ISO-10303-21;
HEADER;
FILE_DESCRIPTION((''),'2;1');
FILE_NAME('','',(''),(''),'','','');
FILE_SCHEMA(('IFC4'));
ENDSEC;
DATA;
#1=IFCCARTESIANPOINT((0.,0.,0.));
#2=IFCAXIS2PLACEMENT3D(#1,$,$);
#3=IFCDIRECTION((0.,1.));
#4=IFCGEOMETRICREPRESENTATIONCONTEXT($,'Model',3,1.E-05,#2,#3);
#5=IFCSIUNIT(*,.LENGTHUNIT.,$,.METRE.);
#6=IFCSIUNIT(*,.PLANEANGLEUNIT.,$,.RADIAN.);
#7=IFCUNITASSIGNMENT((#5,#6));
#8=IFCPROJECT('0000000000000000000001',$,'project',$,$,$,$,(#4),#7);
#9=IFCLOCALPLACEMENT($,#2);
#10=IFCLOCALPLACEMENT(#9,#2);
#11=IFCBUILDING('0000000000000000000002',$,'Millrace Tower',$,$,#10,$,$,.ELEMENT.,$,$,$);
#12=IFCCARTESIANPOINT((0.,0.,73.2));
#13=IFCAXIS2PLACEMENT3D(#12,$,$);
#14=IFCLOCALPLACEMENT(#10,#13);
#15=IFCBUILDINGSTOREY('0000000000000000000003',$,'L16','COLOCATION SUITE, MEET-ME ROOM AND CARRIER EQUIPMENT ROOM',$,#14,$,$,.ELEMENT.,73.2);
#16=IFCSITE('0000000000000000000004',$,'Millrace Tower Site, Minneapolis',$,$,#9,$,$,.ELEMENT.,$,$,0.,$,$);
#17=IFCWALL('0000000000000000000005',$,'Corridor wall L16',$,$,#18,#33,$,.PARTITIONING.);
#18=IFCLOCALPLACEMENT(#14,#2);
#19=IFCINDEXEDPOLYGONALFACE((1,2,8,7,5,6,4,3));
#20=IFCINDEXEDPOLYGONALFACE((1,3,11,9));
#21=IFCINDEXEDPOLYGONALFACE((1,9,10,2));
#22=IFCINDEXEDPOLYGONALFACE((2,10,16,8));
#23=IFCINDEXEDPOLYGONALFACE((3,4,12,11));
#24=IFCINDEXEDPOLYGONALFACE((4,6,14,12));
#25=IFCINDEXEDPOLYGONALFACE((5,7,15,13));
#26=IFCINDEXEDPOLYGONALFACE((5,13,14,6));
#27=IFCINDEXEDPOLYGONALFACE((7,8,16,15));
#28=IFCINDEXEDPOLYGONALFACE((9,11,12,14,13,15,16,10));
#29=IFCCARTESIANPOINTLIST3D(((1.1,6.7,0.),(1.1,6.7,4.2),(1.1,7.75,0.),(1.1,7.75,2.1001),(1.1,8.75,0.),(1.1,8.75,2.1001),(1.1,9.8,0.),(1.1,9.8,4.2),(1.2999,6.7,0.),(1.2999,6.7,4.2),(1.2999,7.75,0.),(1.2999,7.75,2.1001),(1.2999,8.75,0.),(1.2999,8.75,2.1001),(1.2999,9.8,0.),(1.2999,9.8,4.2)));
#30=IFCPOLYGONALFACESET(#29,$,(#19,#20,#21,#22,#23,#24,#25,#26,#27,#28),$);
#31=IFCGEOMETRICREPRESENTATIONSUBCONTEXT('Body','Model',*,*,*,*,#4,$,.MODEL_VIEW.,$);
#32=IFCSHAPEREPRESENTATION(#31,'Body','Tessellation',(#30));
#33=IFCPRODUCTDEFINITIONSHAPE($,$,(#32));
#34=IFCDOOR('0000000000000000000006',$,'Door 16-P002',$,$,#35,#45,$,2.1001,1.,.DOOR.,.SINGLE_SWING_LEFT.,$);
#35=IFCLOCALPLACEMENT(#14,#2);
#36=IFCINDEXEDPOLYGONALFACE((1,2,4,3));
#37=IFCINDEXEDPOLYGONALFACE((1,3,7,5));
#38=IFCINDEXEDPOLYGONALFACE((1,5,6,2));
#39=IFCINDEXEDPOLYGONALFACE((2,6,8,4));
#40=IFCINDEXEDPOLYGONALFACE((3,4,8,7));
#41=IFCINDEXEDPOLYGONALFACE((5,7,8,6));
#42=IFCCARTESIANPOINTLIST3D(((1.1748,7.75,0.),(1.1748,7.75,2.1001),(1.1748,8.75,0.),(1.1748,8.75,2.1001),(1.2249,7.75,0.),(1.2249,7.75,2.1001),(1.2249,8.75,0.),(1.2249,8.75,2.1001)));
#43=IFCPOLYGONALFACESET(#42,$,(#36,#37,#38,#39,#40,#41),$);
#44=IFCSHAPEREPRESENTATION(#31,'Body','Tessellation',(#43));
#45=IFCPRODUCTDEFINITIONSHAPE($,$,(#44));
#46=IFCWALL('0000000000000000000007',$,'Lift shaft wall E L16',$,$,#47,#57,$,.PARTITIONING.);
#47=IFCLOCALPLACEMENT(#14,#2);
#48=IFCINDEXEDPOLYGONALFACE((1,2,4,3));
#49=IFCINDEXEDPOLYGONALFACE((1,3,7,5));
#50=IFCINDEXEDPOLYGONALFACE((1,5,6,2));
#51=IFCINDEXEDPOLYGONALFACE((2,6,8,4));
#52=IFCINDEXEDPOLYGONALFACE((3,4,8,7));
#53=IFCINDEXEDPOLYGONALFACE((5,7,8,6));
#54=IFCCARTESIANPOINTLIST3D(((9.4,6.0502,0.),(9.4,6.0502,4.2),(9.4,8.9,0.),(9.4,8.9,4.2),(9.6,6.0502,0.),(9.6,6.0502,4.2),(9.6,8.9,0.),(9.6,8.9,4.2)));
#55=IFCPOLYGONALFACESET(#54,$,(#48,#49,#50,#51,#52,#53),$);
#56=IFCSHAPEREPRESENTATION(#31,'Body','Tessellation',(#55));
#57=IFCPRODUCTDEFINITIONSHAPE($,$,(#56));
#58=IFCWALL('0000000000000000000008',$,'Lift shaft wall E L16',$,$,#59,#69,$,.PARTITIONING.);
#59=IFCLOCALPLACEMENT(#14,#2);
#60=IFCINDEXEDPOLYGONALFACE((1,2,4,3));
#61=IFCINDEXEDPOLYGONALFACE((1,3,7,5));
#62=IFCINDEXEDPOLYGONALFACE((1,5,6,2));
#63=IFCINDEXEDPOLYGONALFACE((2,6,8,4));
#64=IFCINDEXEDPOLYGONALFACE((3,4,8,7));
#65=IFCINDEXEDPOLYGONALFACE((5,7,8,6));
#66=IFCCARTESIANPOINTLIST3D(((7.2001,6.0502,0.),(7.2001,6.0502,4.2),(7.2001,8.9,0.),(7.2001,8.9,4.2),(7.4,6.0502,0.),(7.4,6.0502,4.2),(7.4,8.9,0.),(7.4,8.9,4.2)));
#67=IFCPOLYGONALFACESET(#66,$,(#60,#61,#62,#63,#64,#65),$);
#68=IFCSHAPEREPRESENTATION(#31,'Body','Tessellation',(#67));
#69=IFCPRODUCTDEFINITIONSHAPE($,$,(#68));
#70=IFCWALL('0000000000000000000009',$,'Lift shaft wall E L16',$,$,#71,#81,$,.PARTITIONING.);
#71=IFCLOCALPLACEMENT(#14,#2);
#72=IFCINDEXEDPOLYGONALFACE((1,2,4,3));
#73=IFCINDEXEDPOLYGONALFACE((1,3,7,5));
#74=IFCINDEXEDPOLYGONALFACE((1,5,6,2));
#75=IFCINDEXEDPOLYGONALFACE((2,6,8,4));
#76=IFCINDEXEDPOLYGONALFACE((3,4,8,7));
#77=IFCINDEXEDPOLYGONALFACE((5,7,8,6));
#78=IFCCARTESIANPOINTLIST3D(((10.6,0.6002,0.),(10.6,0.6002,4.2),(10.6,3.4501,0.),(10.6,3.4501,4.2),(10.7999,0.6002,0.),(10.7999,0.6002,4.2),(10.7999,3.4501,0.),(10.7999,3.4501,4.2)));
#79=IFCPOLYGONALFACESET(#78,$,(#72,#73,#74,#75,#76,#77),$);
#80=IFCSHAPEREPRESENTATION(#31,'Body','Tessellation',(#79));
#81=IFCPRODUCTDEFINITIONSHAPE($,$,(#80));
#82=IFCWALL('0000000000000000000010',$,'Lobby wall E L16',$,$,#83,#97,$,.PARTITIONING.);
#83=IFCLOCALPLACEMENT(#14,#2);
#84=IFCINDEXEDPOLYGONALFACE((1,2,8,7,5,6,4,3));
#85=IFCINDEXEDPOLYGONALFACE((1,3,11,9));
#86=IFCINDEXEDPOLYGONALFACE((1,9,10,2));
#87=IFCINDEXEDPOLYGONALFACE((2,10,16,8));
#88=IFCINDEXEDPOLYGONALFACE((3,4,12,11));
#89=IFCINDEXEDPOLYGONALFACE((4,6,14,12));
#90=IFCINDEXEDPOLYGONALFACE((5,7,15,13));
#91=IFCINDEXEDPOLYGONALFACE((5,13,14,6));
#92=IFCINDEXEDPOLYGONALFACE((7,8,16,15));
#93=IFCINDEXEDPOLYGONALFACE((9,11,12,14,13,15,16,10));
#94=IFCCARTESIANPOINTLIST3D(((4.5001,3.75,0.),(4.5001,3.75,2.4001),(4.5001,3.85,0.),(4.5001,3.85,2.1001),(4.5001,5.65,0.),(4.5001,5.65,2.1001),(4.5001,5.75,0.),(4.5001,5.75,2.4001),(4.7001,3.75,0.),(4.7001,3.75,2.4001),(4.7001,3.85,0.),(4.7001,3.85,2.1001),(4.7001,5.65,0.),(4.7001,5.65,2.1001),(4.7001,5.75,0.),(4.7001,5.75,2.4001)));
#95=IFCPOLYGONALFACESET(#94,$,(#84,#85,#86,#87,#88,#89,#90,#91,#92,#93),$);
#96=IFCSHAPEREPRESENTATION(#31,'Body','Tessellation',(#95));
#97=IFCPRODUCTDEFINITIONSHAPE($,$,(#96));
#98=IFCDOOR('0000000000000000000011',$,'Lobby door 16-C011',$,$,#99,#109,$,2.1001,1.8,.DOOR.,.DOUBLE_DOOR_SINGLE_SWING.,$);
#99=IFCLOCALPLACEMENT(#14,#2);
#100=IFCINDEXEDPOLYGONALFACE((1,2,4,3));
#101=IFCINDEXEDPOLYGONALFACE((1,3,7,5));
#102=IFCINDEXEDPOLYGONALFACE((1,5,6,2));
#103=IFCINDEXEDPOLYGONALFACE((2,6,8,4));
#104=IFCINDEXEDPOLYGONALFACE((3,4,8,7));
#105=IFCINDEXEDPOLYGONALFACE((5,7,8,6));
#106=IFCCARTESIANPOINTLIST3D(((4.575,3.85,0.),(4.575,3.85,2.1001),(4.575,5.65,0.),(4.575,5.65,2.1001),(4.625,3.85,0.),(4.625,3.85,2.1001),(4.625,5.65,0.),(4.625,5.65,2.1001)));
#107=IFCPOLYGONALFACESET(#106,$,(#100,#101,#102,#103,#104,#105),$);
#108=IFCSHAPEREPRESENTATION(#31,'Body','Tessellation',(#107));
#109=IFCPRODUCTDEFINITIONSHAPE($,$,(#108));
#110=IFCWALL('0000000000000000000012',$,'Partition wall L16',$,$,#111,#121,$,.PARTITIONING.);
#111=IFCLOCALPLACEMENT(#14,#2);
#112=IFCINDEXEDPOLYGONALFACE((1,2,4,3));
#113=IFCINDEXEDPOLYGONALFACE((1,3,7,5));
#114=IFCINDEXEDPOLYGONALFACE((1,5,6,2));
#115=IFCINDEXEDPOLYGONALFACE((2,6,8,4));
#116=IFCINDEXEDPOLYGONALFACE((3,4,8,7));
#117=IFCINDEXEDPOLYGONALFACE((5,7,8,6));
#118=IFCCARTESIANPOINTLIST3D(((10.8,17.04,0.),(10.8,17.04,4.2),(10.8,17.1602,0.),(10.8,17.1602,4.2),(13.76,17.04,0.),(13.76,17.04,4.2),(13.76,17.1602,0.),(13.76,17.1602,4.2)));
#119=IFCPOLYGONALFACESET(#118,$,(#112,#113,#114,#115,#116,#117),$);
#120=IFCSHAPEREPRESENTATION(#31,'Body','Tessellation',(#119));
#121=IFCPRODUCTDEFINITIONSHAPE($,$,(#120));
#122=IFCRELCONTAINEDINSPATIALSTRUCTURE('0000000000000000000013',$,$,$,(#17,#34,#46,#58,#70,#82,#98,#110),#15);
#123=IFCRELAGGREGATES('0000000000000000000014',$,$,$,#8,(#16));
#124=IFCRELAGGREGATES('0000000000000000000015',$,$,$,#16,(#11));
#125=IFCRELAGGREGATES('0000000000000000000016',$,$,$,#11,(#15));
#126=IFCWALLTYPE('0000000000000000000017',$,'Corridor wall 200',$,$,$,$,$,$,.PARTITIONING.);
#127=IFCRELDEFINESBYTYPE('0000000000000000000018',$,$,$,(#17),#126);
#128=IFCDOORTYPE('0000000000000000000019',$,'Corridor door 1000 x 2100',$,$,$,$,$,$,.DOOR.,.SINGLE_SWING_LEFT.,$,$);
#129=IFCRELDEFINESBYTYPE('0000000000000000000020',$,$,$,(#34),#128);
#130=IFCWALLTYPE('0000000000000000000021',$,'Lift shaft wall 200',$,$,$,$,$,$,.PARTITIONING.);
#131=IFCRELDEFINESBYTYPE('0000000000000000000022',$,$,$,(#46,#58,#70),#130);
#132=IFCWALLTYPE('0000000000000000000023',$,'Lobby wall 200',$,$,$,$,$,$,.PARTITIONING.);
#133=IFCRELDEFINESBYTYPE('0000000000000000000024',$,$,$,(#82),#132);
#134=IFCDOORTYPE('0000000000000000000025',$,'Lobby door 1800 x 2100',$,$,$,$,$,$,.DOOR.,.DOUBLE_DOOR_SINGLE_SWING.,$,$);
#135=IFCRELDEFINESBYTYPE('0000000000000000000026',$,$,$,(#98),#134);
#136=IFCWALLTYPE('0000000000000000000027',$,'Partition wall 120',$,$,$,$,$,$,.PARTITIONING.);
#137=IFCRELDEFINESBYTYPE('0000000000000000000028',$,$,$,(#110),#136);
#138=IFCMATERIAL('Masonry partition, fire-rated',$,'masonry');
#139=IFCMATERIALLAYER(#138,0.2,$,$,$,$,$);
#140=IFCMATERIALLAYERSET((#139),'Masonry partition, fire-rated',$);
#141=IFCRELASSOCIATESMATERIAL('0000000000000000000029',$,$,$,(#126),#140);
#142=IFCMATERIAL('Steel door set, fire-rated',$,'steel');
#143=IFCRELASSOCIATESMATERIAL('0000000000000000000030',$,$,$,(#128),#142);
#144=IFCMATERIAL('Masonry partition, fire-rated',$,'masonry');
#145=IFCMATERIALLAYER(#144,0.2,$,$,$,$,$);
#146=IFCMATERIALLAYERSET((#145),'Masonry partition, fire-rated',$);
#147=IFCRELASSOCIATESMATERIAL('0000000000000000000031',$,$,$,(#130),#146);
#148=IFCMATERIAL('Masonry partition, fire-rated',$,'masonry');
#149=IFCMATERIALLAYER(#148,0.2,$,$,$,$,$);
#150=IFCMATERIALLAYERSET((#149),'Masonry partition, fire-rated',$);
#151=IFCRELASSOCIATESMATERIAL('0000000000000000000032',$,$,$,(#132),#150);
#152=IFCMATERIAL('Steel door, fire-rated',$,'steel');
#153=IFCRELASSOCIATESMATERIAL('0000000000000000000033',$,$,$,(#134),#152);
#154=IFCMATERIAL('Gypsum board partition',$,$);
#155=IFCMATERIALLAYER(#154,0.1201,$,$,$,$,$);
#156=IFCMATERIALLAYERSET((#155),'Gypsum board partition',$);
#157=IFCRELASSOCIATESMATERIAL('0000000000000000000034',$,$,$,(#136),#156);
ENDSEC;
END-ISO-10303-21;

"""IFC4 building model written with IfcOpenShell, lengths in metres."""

from ifc_helpers import new_model, si_unit, direction, frame, frame_2d, origin, place, context, subcontext, project, spatial, rectangle, extrude, material, layer, layer_set, type_object, element, fill, save


model = new_model("IFC4")

# Units and contexts
model_context = context("Model", 3, precision=1e-05, world=origin(), true_north=direction((0.0, 1.0)))
body_context = subcontext(model_context, "Body", "Model", "MODEL_VIEW")
ifc_project = project(units=[si_unit("LENGTHUNIT", "METRE"), si_unit("PLANEANGLEUNIT", "RADIAN")], contexts=[model_context])

# Site, building, storey
site_placement = place(None, origin())
site = spatial("IfcSite", under=ifc_project, at=site_placement, Name="Millrace Tower Site, Minneapolis", CompositionType="ELEMENT", RefElevation=0.0)
building_placement = place(site_placement, origin())
building = spatial("IfcBuilding", under=site, at=building_placement, Name="Millrace Tower", CompositionType="ELEMENT")
storey_placement = place(building_placement, frame((0.0, 0.0, 73.2)))
storey = spatial("IfcBuildingStorey", under=building, at=storey_placement, Name="L16", Description="COLOCATION SUITE, MEET-ME ROOM AND CARRIER EQUIPMENT ROOM", CompositionType="ELEMENT", Elevation=73.2)

# Shared definitions
ifc_material_1 = material(Name="Masonry partition, fire-rated", Category="masonry")
ifc_layer_1 = layer(ifc_material_1, 0.2)
ifc_layer_set_1 = layer_set([ifc_layer_1], Name="Masonry partition, fire-rated")
wall_type_1 = type_object("IfcWallType", Name="Corridor wall 200", PredefinedType="PARTITIONING", material=ifc_layer_set_1)

# Wall, opening, door
wall_1_placement = place(storey_placement, frame((1.2, 6.7, 0.0), z_axis=(0.0, 0.0, 1.0), x_axis=(0.0, 1.0, 0.0)))
wall_1 = element("IfcWall", 1, at=wall_1_placement, inside=storey, type_object=wall_type_1, Name="Corridor wall L16", PredefinedType="PARTITIONING", context=body_context, shape_type="SweptSolid", body=[
    extrude(rectangle(XDim=3.1001, YDim=0.2, at=frame_2d((1.55, 0.0))), origin(), (0.0, 0.0, 1.0), 4.2),
])
opening_1_placement = place(wall_1_placement, frame((1.05, 0.0, 0.0)))
opening_1 = element("IfcOpeningElement", 2, at=opening_1_placement, cuts=wall_1, PredefinedType="OPENING", context=body_context, shape_type="SweptSolid", body=[
    extrude(rectangle(XDim=1.0, YDim=2.1001, at=frame_2d((0.5, 1.05))), frame((0.0, 0.1099, 0.0), z_axis=(0.0, -1.0, 0.0), x_axis=(1.0, 0.0, 0.0)), (0.0, 0.0, 1.0), 0.22),
])
ifc_material_2 = material(Name="Steel door set, fire-rated", Category="steel")
door_type_1 = type_object("IfcDoorType", Name="Corridor door 1000 x 2100", OperationType="SINGLE_SWING_LEFT", PredefinedType="DOOR", material=ifc_material_2)
door_1_placement = place(opening_1_placement, frame((1.0, 0.0, 0.0), z_axis=(0.0, 0.0, 1.0), x_axis=(-1.0, 0.0, 0.0)))
door_1 = element("IfcDoor", 3, at=door_1_placement, inside=storey, type_object=door_type_1, Name="Door 16-P002", OperationType="SINGLE_SWING_LEFT", OverallHeight=2.1001, OverallWidth=1.0, PredefinedType="DOOR", context=body_context, shape_type="SweptSolid", body=[
    extrude(rectangle(XDim=1.0, YDim=2.1001, at=frame_2d((0.5, 1.05))), frame((0.0, 0.0249, 0.0), z_axis=(0.0, -1.0, 0.0), x_axis=(1.0, 0.0, 0.0)), (0.0, 0.0, 1.0), 0.05),
])
fill(opening_1, door_1)

# Walls
ifc_material_3 = material(Name="Masonry partition, fire-rated", Category="masonry")
ifc_layer_2 = layer(ifc_material_3, 0.2)
ifc_layer_set_2 = layer_set([ifc_layer_2], Name="Masonry partition, fire-rated")
wall_type_2 = type_object("IfcWallType", Name="Lift shaft wall 200", PredefinedType="PARTITIONING", material=ifc_layer_set_2)
for number, where, z_axis, x_axis, name in (
    (4, (9.5, 8.8999, 0.0), (0.0, 0.0, 1.0), (0.0, -1.0, 0.0), "Lift shaft wall E L16"),
    (5, (7.3, 8.8999, 0.0), (0.0, 0.0, 1.0), (0.0, -1.0, 0.0), "Lift shaft wall E L16"),
    (6, (10.7, 3.45, 0.0), (0.0, 0.0, 1.0), (0.0, -1.0, 0.0), "Lift shaft wall E L16"),
):
    element("IfcWall", number, at=place(storey_placement, frame(where, z_axis=z_axis, x_axis=x_axis)), inside=storey, type_object=wall_type_2, Name=name, PredefinedType="PARTITIONING", context=body_context, shape_type="SweptSolid", body=[
        extrude(rectangle(XDim=2.8499, YDim=0.2, at=frame_2d((1.4248, 0.0))), origin(), (0.0, 0.0, 1.0), 4.2),
    ])

# Wall, opening, door
ifc_material_4 = material(Name="Masonry partition, fire-rated", Category="masonry")
ifc_layer_3 = layer(ifc_material_4, 0.2)
ifc_layer_set_3 = layer_set([ifc_layer_3], Name="Masonry partition, fire-rated")
wall_type_3 = type_object("IfcWallType", Name="Lobby wall 200", PredefinedType="PARTITIONING", material=ifc_layer_set_3)
wall_2_placement = place(storey_placement, frame((4.6001, 5.75, 0.0), z_axis=(0.0, 0.0, 1.0), x_axis=(0.0, -1.0, 0.0)))
wall_2 = element("IfcWall", 7, at=wall_2_placement, inside=storey, type_object=wall_type_3, Name="Lobby wall E L16", PredefinedType="PARTITIONING", context=body_context, shape_type="SweptSolid", body=[
    extrude(rectangle(XDim=2.0, YDim=0.2, at=frame_2d((1.0, 0.0))), origin(), (0.0, 0.0, 1.0), 2.4001),
])
opening_2_placement = place(wall_2_placement, frame((0.1001, 0.0, 0.0)))
opening_2 = element("IfcOpeningElement", 8, at=opening_2_placement, cuts=wall_2, PredefinedType="OPENING", context=body_context, shape_type="SweptSolid", body=[
    extrude(rectangle(XDim=1.8, YDim=2.1001, at=frame_2d((0.8999, 1.05))), frame((0.0, 0.1099, 0.0), z_axis=(0.0, -1.0, 0.0), x_axis=(1.0, 0.0, 0.0)), (0.0, 0.0, 1.0), 0.22),
])
ifc_material_5 = material(Name="Steel door, fire-rated", Category="steel")
door_type_2 = type_object("IfcDoorType", Name="Lobby door 1800 x 2100", OperationType="DOUBLE_DOOR_SINGLE_SWING", PredefinedType="DOOR", material=ifc_material_5)
door_2_placement = place(opening_2_placement, origin())
door_2 = element("IfcDoor", 9, at=door_2_placement, inside=storey, type_object=door_type_2, Name="Lobby door 16-C011", OperationType="DOUBLE_DOOR_SINGLE_SWING", OverallHeight=2.1001, OverallWidth=1.8, PredefinedType="DOOR", context=body_context, shape_type="SweptSolid", body=[
    extrude(rectangle(XDim=1.8, YDim=2.1001, at=frame_2d((0.8999, 1.05))), frame((0.0, 0.0249, 0.0), z_axis=(0.0, -1.0, 0.0), x_axis=(1.0, 0.0, 0.0)), (0.0, 0.0, 1.0), 0.05),
])
fill(opening_2, door_2)

# Wall
ifc_material_6 = material(Name="Gypsum board partition")
ifc_layer_4 = layer(ifc_material_6, 0.1201)
ifc_layer_set_4 = layer_set([ifc_layer_4], Name="Gypsum board partition")
wall_type_4 = type_object("IfcWallType", Name="Partition wall 120", PredefinedType="PARTITIONING", material=ifc_layer_set_4)
wall_3_placement = place(storey_placement, frame((10.8, 17.1001, 0.0), z_axis=(0.0, 0.0, 1.0), x_axis=(1.0, 0.0, 0.0)))
element("IfcWall", 10, at=wall_3_placement, inside=storey, type_object=wall_type_4, Name="Partition wall L16", PredefinedType="PARTITIONING", context=body_context, shape_type="SweptSolid", body=[
    extrude(rectangle(XDim=2.96, YDim=0.1201, at=frame_2d((1.48, 0.0))), origin(), (0.0, 0.0, 1.0), 4.2),
])

save(model, "model.ifc")
